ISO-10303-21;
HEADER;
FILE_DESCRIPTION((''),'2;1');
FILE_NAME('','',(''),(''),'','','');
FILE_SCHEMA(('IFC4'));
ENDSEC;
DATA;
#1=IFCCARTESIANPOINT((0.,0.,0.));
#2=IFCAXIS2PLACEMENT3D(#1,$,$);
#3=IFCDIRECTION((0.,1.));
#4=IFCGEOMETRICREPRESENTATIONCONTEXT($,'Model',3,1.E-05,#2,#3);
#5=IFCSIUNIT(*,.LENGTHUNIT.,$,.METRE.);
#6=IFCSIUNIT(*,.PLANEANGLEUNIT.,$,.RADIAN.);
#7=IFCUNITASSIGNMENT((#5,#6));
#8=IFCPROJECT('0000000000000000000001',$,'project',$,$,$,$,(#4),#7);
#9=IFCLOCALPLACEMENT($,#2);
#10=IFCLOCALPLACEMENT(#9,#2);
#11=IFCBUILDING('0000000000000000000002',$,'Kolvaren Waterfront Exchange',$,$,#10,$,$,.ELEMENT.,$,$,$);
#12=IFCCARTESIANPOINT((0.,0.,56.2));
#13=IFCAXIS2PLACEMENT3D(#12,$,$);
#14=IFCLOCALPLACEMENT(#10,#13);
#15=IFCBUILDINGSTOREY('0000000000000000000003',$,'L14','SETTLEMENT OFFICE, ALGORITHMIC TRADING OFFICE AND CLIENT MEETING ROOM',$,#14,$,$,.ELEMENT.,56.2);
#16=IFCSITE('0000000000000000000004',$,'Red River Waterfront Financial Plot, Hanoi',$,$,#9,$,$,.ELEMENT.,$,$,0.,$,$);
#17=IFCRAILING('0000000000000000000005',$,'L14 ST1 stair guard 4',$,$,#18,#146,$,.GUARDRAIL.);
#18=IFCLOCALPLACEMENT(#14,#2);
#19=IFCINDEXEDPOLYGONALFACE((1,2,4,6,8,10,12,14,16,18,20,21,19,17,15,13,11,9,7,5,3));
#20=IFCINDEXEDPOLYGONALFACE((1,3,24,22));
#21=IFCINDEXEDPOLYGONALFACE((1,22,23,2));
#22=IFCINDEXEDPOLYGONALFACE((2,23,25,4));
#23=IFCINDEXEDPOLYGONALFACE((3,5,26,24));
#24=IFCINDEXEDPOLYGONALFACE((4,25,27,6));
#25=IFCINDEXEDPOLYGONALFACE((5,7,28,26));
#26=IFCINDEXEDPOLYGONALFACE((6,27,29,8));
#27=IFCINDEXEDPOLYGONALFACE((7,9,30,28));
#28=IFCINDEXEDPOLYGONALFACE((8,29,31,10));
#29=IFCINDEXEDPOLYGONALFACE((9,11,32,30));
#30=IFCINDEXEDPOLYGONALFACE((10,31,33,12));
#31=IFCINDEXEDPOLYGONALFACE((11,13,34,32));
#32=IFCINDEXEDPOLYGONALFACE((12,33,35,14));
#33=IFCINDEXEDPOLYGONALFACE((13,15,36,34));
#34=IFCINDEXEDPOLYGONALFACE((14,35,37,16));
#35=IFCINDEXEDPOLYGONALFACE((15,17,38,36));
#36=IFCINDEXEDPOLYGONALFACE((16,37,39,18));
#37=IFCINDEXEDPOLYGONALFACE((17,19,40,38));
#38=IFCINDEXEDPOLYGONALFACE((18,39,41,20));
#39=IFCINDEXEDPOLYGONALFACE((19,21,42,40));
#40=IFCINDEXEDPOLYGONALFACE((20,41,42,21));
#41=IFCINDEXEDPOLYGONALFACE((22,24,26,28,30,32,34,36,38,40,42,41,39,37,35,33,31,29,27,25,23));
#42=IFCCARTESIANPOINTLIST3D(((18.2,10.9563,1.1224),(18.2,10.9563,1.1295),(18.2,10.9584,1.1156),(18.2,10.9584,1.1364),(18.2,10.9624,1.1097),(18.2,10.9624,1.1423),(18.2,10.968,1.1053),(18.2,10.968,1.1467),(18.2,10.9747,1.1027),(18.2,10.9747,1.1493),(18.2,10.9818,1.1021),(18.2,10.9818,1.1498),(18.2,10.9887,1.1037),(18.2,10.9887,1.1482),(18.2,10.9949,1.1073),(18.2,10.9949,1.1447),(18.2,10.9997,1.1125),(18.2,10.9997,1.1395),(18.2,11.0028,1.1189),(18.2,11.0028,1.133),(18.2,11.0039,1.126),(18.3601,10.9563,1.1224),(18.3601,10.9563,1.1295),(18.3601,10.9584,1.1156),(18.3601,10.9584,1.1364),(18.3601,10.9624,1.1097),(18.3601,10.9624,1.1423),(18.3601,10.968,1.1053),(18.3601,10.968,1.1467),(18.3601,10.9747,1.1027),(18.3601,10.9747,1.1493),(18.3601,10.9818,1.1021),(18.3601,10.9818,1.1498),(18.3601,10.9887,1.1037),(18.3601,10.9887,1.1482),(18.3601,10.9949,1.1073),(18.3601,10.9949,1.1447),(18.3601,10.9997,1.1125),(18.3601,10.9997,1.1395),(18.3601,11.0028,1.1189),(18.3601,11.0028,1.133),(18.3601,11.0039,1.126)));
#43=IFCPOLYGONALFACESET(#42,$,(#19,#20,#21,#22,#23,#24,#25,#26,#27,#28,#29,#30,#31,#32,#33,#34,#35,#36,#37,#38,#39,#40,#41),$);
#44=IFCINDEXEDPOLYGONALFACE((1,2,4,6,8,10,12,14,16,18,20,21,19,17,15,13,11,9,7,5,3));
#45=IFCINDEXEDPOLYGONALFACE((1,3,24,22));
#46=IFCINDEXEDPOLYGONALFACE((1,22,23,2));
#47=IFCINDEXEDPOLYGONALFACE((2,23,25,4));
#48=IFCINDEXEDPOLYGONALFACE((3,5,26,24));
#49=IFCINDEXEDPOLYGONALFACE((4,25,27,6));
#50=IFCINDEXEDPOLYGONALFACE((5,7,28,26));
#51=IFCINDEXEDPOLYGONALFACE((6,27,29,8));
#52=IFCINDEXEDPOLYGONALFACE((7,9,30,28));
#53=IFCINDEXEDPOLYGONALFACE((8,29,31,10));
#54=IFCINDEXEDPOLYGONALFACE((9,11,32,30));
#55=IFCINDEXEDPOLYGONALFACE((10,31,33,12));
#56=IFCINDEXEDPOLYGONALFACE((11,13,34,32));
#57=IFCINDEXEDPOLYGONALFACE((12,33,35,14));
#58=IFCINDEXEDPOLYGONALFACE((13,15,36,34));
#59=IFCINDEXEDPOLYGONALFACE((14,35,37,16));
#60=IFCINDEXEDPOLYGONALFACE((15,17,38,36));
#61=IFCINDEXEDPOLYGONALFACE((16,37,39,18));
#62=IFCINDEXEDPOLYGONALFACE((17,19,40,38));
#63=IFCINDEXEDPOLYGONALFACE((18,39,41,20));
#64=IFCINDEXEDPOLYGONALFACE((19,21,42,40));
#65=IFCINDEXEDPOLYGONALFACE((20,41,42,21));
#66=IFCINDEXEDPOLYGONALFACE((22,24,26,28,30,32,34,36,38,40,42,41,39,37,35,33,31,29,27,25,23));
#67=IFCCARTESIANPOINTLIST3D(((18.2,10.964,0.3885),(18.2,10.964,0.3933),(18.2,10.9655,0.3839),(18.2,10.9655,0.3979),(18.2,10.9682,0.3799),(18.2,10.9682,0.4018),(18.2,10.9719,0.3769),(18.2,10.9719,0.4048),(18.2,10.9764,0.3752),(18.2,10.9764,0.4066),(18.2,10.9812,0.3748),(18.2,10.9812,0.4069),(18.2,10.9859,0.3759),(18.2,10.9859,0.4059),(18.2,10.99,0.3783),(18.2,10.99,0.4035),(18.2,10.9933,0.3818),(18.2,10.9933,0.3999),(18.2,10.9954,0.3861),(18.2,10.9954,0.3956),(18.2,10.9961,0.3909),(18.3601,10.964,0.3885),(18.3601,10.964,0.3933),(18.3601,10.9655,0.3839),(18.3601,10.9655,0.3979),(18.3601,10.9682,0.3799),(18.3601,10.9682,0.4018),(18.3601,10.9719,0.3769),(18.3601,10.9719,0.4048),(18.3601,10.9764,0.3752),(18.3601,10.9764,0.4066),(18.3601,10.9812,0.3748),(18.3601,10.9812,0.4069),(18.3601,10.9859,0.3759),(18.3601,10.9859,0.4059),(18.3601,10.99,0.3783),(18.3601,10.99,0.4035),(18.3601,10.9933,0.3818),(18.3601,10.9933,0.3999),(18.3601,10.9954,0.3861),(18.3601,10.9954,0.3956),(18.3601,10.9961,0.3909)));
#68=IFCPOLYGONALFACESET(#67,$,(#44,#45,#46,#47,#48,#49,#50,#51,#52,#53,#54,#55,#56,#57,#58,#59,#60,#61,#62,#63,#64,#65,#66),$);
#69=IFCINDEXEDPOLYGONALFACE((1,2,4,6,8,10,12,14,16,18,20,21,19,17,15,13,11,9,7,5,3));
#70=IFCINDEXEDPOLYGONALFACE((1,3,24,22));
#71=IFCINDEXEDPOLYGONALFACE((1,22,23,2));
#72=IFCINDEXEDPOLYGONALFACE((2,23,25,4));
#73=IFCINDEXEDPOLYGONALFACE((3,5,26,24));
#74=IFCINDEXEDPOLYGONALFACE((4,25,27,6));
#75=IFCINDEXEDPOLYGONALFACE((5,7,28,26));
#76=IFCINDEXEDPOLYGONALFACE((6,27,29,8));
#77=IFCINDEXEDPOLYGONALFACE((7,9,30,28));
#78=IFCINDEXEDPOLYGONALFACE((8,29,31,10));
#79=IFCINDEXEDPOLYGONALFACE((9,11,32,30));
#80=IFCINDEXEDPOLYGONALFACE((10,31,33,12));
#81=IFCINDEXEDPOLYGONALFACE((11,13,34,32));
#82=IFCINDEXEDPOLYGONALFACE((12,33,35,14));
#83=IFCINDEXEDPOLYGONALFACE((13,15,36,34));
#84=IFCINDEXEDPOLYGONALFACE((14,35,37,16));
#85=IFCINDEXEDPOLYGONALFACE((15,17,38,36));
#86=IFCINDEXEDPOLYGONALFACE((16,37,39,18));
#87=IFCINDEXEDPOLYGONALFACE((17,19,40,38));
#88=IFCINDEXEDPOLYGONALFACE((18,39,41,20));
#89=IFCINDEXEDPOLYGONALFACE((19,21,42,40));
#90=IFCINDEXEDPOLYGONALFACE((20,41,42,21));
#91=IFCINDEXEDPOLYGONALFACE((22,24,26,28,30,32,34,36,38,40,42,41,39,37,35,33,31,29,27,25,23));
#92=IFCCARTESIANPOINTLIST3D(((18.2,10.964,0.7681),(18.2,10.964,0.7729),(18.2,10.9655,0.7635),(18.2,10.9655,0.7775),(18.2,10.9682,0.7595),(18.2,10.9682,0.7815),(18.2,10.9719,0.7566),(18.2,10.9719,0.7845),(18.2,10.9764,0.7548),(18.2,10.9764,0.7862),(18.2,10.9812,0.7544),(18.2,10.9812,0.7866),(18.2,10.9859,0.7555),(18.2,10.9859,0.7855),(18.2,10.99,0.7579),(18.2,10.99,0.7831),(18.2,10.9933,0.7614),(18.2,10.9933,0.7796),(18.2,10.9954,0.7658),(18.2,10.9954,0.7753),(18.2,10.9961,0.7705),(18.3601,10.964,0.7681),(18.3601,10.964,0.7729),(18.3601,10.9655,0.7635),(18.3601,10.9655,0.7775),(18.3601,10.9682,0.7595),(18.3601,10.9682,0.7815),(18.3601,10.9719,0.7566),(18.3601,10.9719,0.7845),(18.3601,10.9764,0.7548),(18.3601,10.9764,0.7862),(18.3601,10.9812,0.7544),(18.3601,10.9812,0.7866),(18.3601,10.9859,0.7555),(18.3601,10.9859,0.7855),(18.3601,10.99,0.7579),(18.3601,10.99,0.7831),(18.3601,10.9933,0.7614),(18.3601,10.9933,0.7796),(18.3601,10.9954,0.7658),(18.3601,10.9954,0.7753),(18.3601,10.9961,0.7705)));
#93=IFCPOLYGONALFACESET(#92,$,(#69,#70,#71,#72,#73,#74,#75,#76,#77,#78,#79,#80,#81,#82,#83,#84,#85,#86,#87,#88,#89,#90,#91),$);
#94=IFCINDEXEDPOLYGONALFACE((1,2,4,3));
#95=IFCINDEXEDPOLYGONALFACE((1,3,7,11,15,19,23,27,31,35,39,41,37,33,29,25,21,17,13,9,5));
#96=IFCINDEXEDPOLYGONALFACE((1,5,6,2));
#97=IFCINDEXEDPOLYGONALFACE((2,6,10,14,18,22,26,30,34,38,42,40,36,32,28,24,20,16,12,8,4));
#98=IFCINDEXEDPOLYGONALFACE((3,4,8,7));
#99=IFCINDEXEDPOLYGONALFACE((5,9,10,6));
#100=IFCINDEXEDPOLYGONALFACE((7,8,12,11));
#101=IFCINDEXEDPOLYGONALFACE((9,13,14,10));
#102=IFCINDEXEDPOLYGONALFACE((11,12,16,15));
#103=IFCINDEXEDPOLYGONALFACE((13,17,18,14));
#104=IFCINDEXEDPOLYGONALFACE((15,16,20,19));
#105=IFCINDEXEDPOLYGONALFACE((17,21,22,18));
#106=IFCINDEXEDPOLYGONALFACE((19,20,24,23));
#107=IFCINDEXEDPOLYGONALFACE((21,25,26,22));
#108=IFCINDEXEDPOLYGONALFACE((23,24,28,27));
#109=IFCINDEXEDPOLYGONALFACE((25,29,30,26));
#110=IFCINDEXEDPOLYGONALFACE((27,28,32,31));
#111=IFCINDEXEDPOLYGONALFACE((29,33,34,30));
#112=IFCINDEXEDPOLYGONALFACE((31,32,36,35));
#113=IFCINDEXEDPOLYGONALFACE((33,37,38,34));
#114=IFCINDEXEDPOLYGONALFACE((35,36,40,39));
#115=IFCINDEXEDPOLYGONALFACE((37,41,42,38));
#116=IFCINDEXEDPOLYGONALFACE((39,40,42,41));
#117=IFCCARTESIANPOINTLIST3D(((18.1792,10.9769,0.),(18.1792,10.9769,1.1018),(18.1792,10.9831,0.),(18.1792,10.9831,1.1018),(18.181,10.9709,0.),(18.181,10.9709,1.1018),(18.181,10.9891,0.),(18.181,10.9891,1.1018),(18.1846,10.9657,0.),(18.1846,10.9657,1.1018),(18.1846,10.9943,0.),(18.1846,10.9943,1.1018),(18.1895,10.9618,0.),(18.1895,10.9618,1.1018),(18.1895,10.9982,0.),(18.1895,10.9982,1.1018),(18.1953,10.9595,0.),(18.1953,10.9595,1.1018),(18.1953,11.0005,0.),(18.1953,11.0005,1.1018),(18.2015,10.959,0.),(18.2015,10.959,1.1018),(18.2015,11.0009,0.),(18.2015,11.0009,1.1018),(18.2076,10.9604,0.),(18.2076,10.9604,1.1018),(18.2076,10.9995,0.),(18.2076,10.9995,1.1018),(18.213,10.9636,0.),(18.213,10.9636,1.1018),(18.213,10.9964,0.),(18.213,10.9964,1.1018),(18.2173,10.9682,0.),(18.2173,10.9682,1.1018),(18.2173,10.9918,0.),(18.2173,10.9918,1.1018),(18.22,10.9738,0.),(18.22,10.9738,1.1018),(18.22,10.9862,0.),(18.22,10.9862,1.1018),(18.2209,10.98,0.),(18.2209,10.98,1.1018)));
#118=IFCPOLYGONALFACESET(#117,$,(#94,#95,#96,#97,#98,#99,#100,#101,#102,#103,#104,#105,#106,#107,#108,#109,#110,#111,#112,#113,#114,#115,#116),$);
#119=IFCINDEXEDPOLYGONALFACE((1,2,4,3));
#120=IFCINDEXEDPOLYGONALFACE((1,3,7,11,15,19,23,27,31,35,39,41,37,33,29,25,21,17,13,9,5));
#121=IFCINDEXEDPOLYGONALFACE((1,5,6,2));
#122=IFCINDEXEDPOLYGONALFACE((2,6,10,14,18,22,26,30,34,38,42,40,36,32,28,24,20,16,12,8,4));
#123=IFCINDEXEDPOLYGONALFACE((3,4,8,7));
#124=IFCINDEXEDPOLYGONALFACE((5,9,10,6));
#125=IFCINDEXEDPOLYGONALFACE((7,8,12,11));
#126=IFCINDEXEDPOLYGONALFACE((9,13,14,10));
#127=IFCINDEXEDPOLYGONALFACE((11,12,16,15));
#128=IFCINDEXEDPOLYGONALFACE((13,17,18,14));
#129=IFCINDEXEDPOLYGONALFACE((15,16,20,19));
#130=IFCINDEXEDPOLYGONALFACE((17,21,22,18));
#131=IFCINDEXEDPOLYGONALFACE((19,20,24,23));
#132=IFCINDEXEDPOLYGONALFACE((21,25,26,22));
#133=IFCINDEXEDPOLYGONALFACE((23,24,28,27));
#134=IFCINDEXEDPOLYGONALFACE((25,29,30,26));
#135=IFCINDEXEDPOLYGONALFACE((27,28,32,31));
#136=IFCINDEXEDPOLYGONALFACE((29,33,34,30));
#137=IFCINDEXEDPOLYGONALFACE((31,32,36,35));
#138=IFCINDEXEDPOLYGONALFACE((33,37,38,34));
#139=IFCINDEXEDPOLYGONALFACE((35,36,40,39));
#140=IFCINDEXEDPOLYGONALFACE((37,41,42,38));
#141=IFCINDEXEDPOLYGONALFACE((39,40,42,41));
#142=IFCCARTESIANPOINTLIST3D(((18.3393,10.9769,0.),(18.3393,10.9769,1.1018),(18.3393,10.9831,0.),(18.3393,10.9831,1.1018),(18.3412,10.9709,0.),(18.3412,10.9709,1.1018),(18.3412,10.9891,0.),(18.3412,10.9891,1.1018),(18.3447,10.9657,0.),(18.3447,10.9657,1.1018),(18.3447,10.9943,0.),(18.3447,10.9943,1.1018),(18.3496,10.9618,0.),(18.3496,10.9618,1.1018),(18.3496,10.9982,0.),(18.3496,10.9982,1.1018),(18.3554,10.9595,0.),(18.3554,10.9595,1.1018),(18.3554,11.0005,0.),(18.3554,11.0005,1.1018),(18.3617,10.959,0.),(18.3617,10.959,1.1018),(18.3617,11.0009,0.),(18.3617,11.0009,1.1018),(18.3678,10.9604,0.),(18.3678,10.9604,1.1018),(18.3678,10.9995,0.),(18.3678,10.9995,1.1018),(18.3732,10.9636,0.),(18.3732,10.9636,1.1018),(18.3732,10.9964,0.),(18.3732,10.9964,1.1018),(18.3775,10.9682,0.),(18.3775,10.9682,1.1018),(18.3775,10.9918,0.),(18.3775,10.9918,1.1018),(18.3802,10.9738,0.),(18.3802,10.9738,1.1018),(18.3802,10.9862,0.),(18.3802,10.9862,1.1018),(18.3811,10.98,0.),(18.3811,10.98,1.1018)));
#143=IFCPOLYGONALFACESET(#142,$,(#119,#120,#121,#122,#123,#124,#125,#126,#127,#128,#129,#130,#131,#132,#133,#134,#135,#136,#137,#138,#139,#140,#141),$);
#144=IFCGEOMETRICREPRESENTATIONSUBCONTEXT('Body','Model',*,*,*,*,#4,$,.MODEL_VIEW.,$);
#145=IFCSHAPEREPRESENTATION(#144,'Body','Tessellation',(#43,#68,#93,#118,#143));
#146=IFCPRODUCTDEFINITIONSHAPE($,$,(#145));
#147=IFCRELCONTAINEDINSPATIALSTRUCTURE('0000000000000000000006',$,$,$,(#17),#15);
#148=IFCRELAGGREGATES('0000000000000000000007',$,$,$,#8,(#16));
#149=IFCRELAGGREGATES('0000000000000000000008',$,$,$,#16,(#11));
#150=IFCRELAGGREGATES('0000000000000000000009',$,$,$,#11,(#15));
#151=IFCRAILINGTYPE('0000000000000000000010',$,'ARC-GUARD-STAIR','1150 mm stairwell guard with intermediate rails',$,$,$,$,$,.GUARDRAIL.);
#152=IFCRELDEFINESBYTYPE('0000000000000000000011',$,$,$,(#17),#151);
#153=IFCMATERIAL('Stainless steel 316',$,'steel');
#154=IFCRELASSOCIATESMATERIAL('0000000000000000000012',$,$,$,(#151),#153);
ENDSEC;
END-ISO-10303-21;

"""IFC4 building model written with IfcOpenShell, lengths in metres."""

from ifc_helpers import new_model, si_unit, direction, frame, origin, origin_2d, place, context, subcontext, project, spatial, circle, extrude, material, type_object, element, save


model = new_model("IFC4")

# Units and contexts
model_context = context("Model", 3, precision=1e-05, world=origin(), true_north=direction((0.0, 1.0)))
body_context = subcontext(model_context, "Body", "Model", "MODEL_VIEW")
ifc_project = project(units=[si_unit("LENGTHUNIT", "METRE"), si_unit("PLANEANGLEUNIT", "RADIAN")], contexts=[model_context])

# Site, building, storey
site_placement = place(None, origin())
site = spatial("IfcSite", under=ifc_project, at=site_placement, Name="Red River Waterfront Financial Plot, Hanoi", CompositionType="ELEMENT", RefElevation=0.0)
building_placement = place(site_placement, origin())
building = spatial("IfcBuilding", under=site, at=building_placement, Name="Kolvaren Waterfront Exchange", CompositionType="ELEMENT")
storey_placement = place(building_placement, frame((0.0, 0.0, 56.2)))
storey = spatial("IfcBuildingStorey", under=building, at=storey_placement, Name="L14", Description="SETTLEMENT OFFICE, ALGORITHMIC TRADING OFFICE AND CLIENT MEETING ROOM", CompositionType="ELEMENT", Elevation=56.2)

# Railing
ifc_material_1 = material(Name="Stainless steel 316", Category="steel")
railing_type_1 = type_object("IfcRailingType", Name="ARC-GUARD-STAIR", Description="1150 mm stairwell guard with intermediate rails", PredefinedType="GUARDRAIL", material=ifc_material_1)
railing_1_placement = place(storey_placement, frame((18.2, 10.98, 0.0)))
element("IfcRailing", 1, at=railing_1_placement, inside=storey, type_object=railing_type_1, Name="L14 ST1 stair guard 4", PredefinedType="GUARDRAIL", context=body_context, shape_type="SweptSolid", body=[
    extrude(circle(Radius=0.0239, at=origin_2d()), frame((0.0, 0.0, 1.126), z_axis=(1.0, 0.0, 0.0), x_axis=(0.0, 1.0, 0.0)), (0.0, 0.0, 1.0), 0.1602),
    extrude(circle(Radius=0.0161, at=origin_2d()), frame((0.0, 0.0, 0.3909), z_axis=(1.0, 0.0, 0.0), x_axis=(0.0, 1.0, 0.0)), (0.0, 0.0, 1.0), 0.1602),
    extrude(circle(Radius=0.0161, at=origin_2d()), frame((0.0, 0.0, 0.7705), z_axis=(1.0, 0.0, 0.0), x_axis=(0.0, 1.0, 0.0)), (0.0, 0.0, 1.0), 0.1602),
    extrude(circle(Radius=0.021, at=origin_2d()), origin(), (0.0, 0.0, 1.0), 1.1018),
    extrude(circle(Radius=0.021, at=origin_2d()), frame((0.1602, 0.0, 0.0)), (0.0, 0.0, 1.0), 1.1018),
])

save(model, "model.ifc")
